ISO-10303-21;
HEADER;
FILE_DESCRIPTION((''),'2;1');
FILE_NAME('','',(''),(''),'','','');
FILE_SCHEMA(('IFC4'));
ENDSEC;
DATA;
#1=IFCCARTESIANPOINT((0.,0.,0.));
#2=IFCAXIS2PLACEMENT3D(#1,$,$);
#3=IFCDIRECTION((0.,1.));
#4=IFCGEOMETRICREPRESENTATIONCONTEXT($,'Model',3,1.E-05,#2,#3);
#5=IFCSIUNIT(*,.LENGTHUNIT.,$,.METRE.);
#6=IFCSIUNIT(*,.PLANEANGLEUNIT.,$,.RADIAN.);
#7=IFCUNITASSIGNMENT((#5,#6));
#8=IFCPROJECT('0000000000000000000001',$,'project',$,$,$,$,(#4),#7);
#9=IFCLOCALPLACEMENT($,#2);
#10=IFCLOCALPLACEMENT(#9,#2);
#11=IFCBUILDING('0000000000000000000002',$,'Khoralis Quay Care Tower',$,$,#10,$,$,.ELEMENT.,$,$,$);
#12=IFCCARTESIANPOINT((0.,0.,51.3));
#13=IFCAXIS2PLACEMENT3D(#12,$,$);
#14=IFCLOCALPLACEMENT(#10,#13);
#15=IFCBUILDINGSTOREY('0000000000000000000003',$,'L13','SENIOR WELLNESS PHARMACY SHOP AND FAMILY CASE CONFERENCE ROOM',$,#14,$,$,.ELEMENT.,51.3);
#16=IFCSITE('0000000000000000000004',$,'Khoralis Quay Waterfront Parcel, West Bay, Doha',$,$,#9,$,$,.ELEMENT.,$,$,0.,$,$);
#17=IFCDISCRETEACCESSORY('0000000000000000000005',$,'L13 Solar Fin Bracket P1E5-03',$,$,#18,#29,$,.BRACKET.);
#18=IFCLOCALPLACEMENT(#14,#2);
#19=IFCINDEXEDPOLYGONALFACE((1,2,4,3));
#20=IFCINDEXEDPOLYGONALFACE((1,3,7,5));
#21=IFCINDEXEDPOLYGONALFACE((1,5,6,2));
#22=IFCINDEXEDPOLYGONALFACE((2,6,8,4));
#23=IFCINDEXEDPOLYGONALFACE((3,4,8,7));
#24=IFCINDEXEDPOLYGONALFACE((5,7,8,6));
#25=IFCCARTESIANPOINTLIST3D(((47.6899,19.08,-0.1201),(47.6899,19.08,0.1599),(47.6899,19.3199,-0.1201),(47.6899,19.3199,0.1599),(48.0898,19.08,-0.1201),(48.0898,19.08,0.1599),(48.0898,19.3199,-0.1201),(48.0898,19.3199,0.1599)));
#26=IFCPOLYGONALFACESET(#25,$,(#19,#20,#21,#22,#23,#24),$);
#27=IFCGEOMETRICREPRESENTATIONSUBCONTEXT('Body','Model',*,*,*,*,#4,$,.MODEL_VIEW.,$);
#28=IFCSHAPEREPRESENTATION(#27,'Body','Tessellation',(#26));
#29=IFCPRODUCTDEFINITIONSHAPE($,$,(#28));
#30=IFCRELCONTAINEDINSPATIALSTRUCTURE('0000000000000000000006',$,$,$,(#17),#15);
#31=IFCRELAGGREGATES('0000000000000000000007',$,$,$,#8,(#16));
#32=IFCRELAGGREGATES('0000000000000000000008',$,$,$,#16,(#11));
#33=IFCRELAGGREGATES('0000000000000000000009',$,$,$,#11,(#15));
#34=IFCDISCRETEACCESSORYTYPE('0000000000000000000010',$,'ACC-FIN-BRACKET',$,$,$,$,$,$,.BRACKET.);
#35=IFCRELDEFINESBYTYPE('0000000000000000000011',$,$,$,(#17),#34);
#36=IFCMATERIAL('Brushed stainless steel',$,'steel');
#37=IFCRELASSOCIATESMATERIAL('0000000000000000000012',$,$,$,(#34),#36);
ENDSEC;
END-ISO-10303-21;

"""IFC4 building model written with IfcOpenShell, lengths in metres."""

from ifc_helpers import new_model, si_unit, direction, frame, origin, origin_2d, place, context, subcontext, project, spatial, rectangle, extrude, source, transform, mapped, material, type_object, element, save


model = new_model("IFC4")

# Units and contexts
model_context = context("Model", 3, precision=1e-05, world=origin(), true_north=direction((0.0, 1.0)))
body_context = subcontext(model_context, "Body", "Model", "MODEL_VIEW")
ifc_project = project(units=[si_unit("LENGTHUNIT", "METRE"), si_unit("PLANEANGLEUNIT", "RADIAN")], contexts=[model_context])

# Site, building, storey
site_placement = place(None, origin())
site = spatial("IfcSite", under=ifc_project, at=site_placement, Name="Khoralis Quay Waterfront Parcel, West Bay, Doha", CompositionType="ELEMENT", RefElevation=0.0)
building_placement = place(site_placement, origin())
building = spatial("IfcBuilding", under=site, at=building_placement, Name="Khoralis Quay Care Tower", CompositionType="ELEMENT")
storey_placement = place(building_placement, frame((0.0, 0.0, 51.3)))
storey = spatial("IfcBuildingStorey", under=building, at=storey_placement, Name="L13", Description="SENIOR WELLNESS PHARMACY SHOP AND FAMILY CASE CONFERENCE ROOM", CompositionType="ELEMENT", Elevation=51.3)

# Shared definitions
ifc_material_1 = material(Name="Brushed stainless steel", Category="steel")

# Discrete accessory
discrete_accessory_type = type_object("IfcDiscreteAccessoryType", Name="ACC-FIN-BRACKET", PredefinedType="BRACKET", material=ifc_material_1)
shared_shape_1 = source(origin(), body_context, "Body", "SweptSolid", [
    extrude(rectangle(XDim=0.3999, YDim=0.24, at=origin_2d()), origin(), (0.0, 0.0, 1.0), 0.28),
])
for number, where, z_axis, x_axis, name in (
    (1, (47.8899, 19.2, -0.1201), (0.0, 0.0, 1.0), (1.0, 0.0, 0.0), "L13 Solar Fin Bracket P1E5-03"),
):
    element("IfcDiscreteAccessory", number, at=place(storey_placement, frame(where, z_axis=z_axis, x_axis=x_axis)), inside=storey, type_object=discrete_accessory_type, Name=name, PredefinedType="BRACKET", context=body_context, shape_type="MappedRepresentation", body=[
        mapped(shared_shape_1, transform((0.0, 0.0, 0.0), scale=1.0)),
    ])

save(model, "model.ifc")
